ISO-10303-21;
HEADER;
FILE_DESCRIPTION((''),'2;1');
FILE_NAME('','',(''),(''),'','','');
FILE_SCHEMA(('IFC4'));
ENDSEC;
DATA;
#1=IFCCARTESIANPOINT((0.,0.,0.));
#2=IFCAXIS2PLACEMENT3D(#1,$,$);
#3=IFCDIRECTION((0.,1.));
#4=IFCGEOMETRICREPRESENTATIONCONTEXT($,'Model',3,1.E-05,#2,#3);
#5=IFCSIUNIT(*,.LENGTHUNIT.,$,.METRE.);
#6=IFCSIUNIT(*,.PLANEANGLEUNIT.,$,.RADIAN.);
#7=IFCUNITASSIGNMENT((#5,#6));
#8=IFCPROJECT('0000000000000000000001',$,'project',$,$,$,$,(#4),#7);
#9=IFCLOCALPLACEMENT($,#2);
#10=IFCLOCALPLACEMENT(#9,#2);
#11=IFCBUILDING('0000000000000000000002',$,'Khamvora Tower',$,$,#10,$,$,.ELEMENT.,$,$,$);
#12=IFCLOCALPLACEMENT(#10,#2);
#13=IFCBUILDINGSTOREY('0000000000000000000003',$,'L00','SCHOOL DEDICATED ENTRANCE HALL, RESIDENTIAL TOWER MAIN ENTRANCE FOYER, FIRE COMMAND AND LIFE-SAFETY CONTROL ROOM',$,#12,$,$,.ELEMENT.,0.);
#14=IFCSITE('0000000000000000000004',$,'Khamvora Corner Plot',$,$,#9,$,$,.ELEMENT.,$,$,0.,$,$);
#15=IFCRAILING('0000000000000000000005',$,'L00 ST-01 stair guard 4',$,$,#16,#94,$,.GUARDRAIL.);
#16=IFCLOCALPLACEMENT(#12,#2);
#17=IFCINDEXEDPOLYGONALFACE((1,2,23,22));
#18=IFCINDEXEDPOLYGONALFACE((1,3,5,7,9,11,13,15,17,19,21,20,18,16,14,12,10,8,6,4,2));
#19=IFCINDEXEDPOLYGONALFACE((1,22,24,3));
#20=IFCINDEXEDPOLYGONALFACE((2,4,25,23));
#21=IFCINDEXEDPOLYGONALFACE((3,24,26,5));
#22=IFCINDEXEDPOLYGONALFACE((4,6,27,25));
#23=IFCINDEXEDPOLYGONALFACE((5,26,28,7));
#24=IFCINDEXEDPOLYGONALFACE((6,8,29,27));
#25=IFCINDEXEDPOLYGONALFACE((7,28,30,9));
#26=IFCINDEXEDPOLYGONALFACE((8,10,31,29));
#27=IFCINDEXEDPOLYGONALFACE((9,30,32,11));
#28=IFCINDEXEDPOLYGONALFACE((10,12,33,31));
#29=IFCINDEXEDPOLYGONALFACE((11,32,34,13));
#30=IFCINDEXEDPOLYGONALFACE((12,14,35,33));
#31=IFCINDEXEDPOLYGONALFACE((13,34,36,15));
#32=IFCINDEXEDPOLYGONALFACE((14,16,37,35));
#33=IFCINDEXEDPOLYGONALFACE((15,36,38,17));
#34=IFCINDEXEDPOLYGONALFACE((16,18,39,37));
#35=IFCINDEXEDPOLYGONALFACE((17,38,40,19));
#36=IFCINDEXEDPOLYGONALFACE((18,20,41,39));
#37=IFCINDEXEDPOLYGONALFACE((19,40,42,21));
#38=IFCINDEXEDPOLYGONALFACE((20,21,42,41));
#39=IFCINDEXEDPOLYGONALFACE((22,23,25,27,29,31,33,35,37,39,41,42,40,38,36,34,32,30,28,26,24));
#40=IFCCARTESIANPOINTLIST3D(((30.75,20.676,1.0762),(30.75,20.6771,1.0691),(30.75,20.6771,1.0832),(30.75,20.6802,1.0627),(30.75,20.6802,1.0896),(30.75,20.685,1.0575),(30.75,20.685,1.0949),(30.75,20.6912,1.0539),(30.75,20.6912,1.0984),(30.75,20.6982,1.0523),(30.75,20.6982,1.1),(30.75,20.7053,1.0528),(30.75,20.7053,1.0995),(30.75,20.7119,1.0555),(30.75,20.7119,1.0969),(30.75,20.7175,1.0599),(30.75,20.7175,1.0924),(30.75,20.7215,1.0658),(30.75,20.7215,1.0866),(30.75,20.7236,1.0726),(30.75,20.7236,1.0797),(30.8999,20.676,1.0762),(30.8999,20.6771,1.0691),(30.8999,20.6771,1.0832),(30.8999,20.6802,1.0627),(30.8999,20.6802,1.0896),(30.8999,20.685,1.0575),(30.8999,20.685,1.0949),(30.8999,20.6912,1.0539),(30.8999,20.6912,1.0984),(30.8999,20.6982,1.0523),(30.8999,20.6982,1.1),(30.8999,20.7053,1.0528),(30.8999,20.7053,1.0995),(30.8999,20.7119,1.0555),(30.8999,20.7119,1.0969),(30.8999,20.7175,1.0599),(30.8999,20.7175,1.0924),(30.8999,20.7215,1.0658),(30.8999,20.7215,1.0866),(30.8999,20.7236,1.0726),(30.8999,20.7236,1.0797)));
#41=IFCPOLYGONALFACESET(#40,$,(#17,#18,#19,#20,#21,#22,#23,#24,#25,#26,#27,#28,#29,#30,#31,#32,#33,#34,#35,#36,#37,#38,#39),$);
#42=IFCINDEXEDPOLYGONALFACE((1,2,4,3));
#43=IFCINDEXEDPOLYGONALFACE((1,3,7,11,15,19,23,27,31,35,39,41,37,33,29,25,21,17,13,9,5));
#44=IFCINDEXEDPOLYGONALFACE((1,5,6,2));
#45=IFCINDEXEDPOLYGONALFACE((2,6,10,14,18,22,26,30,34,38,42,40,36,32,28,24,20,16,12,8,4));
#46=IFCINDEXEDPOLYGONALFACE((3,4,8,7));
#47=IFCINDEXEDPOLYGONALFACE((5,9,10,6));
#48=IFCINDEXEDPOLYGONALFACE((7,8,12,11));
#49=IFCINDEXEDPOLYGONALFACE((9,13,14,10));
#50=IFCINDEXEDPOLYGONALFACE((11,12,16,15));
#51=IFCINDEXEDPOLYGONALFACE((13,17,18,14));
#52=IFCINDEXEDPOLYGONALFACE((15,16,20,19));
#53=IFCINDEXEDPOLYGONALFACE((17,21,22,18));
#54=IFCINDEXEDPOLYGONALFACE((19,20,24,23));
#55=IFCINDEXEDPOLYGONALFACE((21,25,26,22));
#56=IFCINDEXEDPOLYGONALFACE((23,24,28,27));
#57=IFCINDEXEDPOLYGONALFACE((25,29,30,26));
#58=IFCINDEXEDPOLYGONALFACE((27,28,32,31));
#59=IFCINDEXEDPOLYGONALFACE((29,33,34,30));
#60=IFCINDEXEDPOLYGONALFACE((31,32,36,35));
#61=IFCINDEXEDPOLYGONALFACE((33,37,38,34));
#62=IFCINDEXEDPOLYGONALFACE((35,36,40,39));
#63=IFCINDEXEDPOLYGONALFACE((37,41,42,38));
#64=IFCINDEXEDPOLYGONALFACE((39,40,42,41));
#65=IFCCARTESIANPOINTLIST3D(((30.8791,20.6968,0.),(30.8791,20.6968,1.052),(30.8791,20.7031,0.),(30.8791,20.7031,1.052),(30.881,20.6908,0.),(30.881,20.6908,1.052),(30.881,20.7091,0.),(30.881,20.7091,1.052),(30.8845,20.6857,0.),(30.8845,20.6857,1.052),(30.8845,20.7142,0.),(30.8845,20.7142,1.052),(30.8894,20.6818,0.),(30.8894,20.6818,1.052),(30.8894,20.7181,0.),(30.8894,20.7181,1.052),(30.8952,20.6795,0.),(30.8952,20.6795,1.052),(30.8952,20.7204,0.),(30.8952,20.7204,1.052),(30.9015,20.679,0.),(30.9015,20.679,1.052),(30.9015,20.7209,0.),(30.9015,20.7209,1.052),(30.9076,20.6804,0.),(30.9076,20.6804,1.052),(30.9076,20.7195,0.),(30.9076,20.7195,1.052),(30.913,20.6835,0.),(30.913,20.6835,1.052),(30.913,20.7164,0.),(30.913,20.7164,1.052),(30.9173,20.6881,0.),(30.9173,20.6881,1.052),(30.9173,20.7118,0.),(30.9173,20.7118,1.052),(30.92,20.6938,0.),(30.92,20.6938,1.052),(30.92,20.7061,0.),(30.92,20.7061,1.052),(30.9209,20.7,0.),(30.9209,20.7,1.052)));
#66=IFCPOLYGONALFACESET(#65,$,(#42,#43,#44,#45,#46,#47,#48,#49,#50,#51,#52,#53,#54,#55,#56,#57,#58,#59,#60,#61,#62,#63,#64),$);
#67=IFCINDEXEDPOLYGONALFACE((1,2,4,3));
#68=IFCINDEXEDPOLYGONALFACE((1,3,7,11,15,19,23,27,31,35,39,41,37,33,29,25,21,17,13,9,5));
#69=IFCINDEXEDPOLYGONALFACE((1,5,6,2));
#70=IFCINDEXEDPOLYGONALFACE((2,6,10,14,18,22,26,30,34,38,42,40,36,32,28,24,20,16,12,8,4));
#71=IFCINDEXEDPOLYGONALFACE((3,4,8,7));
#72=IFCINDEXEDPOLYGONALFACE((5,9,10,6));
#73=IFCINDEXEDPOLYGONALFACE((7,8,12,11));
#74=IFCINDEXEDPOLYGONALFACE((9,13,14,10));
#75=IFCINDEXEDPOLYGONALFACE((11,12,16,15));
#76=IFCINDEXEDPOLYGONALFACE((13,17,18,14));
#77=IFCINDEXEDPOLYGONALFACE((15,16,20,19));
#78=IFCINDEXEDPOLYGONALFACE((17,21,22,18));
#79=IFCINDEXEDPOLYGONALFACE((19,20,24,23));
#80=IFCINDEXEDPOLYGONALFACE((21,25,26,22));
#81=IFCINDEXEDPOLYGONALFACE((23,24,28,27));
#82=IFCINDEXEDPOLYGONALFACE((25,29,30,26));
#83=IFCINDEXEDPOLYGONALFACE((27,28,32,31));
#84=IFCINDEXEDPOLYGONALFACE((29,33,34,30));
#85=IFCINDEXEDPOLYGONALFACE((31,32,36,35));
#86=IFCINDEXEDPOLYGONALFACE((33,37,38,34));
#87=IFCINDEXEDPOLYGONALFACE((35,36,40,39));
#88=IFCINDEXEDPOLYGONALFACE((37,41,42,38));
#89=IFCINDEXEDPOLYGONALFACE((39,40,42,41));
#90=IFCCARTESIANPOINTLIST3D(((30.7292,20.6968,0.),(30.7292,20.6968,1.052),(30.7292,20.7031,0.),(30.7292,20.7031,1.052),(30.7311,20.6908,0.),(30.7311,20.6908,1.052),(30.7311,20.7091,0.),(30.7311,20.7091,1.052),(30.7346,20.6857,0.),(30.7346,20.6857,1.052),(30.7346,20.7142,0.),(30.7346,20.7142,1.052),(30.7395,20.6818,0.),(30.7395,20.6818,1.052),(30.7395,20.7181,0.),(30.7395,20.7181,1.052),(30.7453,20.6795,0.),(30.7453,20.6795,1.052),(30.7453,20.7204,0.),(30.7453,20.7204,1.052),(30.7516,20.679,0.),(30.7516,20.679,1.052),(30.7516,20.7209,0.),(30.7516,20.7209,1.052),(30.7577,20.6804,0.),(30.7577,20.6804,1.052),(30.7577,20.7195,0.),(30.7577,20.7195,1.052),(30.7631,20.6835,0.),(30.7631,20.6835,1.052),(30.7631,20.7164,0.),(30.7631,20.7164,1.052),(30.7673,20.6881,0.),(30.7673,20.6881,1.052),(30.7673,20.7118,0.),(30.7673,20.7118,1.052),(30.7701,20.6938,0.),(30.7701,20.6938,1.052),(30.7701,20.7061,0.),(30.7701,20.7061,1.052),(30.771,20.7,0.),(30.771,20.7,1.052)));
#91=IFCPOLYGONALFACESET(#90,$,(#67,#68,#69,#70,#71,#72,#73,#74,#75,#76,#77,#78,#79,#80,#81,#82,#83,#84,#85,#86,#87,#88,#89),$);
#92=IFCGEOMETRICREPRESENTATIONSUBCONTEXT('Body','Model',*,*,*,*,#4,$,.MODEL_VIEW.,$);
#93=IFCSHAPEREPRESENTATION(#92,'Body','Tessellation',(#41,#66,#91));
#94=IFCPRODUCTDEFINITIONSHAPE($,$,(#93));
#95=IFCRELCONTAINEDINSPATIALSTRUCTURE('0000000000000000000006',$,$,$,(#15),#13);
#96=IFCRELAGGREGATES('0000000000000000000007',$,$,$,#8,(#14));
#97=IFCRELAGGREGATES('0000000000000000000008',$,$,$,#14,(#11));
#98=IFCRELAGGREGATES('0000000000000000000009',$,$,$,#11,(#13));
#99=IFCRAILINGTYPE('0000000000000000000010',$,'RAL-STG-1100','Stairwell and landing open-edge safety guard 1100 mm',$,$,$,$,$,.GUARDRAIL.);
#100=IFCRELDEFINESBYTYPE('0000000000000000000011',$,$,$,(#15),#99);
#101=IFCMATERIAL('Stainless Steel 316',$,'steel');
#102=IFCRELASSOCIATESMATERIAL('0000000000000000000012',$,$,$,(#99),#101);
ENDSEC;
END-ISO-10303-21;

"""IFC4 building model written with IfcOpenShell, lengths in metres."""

from ifc_helpers import new_model, si_unit, direction, frame, origin, origin_2d, place, context, subcontext, project, spatial, circle, extrude, material, type_object, element, save


model = new_model("IFC4")

# Units and contexts
model_context = context("Model", 3, precision=1e-05, world=origin(), true_north=direction((0.0, 1.0)))
body_context = subcontext(model_context, "Body", "Model", "MODEL_VIEW")
ifc_project = project(units=[si_unit("LENGTHUNIT", "METRE"), si_unit("PLANEANGLEUNIT", "RADIAN")], contexts=[model_context])

# Site, building, storey
site_placement = place(None, origin())
site = spatial("IfcSite", under=ifc_project, at=site_placement, Name="Khamvora Corner Plot", CompositionType="ELEMENT", RefElevation=0.0)
building_placement = place(site_placement, origin())
building = spatial("IfcBuilding", under=site, at=building_placement, Name="Khamvora Tower", CompositionType="ELEMENT")
storey_placement = place(building_placement, origin())
storey = spatial("IfcBuildingStorey", under=building, at=storey_placement, Name="L00", Description="SCHOOL DEDICATED ENTRANCE HALL, RESIDENTIAL TOWER MAIN ENTRANCE FOYER, FIRE COMMAND AND LIFE-SAFETY CONTROL ROOM", CompositionType="ELEMENT", Elevation=0.0)

# Railing
ifc_material_1 = material(Name="Stainless Steel 316", Category="steel")
railing_type_1 = type_object("IfcRailingType", Name="RAL-STG-1100", Description="Stairwell and landing open-edge safety guard 1100 mm", PredefinedType="GUARDRAIL", material=ifc_material_1)
railing_1_placement = place(storey_placement, frame((30.8999, 20.7, 0.0)))
element("IfcRailing", 1, at=railing_1_placement, inside=storey, type_object=railing_type_1, Name="L00 ST-01 stair guard 4", PredefinedType="GUARDRAIL", context=body_context, shape_type="SweptSolid", body=[
    extrude(circle(Radius=0.0239, at=origin_2d()), frame((0.0, 0.0, 1.0762), z_axis=(-1.0, 0.0, 0.0), x_axis=(0.0, -1.0, 0.0)), (0.0, 0.0, 1.0), 0.1499),
    extrude(circle(Radius=0.021, at=origin_2d()), origin(), (0.0, 0.0, 1.0), 1.052),
    extrude(circle(Radius=0.021, at=origin_2d()), frame((-0.1499, 0.0, 0.0)), (0.0, 0.0, 1.0), 1.052),
])

save(model, "model.ifc")
